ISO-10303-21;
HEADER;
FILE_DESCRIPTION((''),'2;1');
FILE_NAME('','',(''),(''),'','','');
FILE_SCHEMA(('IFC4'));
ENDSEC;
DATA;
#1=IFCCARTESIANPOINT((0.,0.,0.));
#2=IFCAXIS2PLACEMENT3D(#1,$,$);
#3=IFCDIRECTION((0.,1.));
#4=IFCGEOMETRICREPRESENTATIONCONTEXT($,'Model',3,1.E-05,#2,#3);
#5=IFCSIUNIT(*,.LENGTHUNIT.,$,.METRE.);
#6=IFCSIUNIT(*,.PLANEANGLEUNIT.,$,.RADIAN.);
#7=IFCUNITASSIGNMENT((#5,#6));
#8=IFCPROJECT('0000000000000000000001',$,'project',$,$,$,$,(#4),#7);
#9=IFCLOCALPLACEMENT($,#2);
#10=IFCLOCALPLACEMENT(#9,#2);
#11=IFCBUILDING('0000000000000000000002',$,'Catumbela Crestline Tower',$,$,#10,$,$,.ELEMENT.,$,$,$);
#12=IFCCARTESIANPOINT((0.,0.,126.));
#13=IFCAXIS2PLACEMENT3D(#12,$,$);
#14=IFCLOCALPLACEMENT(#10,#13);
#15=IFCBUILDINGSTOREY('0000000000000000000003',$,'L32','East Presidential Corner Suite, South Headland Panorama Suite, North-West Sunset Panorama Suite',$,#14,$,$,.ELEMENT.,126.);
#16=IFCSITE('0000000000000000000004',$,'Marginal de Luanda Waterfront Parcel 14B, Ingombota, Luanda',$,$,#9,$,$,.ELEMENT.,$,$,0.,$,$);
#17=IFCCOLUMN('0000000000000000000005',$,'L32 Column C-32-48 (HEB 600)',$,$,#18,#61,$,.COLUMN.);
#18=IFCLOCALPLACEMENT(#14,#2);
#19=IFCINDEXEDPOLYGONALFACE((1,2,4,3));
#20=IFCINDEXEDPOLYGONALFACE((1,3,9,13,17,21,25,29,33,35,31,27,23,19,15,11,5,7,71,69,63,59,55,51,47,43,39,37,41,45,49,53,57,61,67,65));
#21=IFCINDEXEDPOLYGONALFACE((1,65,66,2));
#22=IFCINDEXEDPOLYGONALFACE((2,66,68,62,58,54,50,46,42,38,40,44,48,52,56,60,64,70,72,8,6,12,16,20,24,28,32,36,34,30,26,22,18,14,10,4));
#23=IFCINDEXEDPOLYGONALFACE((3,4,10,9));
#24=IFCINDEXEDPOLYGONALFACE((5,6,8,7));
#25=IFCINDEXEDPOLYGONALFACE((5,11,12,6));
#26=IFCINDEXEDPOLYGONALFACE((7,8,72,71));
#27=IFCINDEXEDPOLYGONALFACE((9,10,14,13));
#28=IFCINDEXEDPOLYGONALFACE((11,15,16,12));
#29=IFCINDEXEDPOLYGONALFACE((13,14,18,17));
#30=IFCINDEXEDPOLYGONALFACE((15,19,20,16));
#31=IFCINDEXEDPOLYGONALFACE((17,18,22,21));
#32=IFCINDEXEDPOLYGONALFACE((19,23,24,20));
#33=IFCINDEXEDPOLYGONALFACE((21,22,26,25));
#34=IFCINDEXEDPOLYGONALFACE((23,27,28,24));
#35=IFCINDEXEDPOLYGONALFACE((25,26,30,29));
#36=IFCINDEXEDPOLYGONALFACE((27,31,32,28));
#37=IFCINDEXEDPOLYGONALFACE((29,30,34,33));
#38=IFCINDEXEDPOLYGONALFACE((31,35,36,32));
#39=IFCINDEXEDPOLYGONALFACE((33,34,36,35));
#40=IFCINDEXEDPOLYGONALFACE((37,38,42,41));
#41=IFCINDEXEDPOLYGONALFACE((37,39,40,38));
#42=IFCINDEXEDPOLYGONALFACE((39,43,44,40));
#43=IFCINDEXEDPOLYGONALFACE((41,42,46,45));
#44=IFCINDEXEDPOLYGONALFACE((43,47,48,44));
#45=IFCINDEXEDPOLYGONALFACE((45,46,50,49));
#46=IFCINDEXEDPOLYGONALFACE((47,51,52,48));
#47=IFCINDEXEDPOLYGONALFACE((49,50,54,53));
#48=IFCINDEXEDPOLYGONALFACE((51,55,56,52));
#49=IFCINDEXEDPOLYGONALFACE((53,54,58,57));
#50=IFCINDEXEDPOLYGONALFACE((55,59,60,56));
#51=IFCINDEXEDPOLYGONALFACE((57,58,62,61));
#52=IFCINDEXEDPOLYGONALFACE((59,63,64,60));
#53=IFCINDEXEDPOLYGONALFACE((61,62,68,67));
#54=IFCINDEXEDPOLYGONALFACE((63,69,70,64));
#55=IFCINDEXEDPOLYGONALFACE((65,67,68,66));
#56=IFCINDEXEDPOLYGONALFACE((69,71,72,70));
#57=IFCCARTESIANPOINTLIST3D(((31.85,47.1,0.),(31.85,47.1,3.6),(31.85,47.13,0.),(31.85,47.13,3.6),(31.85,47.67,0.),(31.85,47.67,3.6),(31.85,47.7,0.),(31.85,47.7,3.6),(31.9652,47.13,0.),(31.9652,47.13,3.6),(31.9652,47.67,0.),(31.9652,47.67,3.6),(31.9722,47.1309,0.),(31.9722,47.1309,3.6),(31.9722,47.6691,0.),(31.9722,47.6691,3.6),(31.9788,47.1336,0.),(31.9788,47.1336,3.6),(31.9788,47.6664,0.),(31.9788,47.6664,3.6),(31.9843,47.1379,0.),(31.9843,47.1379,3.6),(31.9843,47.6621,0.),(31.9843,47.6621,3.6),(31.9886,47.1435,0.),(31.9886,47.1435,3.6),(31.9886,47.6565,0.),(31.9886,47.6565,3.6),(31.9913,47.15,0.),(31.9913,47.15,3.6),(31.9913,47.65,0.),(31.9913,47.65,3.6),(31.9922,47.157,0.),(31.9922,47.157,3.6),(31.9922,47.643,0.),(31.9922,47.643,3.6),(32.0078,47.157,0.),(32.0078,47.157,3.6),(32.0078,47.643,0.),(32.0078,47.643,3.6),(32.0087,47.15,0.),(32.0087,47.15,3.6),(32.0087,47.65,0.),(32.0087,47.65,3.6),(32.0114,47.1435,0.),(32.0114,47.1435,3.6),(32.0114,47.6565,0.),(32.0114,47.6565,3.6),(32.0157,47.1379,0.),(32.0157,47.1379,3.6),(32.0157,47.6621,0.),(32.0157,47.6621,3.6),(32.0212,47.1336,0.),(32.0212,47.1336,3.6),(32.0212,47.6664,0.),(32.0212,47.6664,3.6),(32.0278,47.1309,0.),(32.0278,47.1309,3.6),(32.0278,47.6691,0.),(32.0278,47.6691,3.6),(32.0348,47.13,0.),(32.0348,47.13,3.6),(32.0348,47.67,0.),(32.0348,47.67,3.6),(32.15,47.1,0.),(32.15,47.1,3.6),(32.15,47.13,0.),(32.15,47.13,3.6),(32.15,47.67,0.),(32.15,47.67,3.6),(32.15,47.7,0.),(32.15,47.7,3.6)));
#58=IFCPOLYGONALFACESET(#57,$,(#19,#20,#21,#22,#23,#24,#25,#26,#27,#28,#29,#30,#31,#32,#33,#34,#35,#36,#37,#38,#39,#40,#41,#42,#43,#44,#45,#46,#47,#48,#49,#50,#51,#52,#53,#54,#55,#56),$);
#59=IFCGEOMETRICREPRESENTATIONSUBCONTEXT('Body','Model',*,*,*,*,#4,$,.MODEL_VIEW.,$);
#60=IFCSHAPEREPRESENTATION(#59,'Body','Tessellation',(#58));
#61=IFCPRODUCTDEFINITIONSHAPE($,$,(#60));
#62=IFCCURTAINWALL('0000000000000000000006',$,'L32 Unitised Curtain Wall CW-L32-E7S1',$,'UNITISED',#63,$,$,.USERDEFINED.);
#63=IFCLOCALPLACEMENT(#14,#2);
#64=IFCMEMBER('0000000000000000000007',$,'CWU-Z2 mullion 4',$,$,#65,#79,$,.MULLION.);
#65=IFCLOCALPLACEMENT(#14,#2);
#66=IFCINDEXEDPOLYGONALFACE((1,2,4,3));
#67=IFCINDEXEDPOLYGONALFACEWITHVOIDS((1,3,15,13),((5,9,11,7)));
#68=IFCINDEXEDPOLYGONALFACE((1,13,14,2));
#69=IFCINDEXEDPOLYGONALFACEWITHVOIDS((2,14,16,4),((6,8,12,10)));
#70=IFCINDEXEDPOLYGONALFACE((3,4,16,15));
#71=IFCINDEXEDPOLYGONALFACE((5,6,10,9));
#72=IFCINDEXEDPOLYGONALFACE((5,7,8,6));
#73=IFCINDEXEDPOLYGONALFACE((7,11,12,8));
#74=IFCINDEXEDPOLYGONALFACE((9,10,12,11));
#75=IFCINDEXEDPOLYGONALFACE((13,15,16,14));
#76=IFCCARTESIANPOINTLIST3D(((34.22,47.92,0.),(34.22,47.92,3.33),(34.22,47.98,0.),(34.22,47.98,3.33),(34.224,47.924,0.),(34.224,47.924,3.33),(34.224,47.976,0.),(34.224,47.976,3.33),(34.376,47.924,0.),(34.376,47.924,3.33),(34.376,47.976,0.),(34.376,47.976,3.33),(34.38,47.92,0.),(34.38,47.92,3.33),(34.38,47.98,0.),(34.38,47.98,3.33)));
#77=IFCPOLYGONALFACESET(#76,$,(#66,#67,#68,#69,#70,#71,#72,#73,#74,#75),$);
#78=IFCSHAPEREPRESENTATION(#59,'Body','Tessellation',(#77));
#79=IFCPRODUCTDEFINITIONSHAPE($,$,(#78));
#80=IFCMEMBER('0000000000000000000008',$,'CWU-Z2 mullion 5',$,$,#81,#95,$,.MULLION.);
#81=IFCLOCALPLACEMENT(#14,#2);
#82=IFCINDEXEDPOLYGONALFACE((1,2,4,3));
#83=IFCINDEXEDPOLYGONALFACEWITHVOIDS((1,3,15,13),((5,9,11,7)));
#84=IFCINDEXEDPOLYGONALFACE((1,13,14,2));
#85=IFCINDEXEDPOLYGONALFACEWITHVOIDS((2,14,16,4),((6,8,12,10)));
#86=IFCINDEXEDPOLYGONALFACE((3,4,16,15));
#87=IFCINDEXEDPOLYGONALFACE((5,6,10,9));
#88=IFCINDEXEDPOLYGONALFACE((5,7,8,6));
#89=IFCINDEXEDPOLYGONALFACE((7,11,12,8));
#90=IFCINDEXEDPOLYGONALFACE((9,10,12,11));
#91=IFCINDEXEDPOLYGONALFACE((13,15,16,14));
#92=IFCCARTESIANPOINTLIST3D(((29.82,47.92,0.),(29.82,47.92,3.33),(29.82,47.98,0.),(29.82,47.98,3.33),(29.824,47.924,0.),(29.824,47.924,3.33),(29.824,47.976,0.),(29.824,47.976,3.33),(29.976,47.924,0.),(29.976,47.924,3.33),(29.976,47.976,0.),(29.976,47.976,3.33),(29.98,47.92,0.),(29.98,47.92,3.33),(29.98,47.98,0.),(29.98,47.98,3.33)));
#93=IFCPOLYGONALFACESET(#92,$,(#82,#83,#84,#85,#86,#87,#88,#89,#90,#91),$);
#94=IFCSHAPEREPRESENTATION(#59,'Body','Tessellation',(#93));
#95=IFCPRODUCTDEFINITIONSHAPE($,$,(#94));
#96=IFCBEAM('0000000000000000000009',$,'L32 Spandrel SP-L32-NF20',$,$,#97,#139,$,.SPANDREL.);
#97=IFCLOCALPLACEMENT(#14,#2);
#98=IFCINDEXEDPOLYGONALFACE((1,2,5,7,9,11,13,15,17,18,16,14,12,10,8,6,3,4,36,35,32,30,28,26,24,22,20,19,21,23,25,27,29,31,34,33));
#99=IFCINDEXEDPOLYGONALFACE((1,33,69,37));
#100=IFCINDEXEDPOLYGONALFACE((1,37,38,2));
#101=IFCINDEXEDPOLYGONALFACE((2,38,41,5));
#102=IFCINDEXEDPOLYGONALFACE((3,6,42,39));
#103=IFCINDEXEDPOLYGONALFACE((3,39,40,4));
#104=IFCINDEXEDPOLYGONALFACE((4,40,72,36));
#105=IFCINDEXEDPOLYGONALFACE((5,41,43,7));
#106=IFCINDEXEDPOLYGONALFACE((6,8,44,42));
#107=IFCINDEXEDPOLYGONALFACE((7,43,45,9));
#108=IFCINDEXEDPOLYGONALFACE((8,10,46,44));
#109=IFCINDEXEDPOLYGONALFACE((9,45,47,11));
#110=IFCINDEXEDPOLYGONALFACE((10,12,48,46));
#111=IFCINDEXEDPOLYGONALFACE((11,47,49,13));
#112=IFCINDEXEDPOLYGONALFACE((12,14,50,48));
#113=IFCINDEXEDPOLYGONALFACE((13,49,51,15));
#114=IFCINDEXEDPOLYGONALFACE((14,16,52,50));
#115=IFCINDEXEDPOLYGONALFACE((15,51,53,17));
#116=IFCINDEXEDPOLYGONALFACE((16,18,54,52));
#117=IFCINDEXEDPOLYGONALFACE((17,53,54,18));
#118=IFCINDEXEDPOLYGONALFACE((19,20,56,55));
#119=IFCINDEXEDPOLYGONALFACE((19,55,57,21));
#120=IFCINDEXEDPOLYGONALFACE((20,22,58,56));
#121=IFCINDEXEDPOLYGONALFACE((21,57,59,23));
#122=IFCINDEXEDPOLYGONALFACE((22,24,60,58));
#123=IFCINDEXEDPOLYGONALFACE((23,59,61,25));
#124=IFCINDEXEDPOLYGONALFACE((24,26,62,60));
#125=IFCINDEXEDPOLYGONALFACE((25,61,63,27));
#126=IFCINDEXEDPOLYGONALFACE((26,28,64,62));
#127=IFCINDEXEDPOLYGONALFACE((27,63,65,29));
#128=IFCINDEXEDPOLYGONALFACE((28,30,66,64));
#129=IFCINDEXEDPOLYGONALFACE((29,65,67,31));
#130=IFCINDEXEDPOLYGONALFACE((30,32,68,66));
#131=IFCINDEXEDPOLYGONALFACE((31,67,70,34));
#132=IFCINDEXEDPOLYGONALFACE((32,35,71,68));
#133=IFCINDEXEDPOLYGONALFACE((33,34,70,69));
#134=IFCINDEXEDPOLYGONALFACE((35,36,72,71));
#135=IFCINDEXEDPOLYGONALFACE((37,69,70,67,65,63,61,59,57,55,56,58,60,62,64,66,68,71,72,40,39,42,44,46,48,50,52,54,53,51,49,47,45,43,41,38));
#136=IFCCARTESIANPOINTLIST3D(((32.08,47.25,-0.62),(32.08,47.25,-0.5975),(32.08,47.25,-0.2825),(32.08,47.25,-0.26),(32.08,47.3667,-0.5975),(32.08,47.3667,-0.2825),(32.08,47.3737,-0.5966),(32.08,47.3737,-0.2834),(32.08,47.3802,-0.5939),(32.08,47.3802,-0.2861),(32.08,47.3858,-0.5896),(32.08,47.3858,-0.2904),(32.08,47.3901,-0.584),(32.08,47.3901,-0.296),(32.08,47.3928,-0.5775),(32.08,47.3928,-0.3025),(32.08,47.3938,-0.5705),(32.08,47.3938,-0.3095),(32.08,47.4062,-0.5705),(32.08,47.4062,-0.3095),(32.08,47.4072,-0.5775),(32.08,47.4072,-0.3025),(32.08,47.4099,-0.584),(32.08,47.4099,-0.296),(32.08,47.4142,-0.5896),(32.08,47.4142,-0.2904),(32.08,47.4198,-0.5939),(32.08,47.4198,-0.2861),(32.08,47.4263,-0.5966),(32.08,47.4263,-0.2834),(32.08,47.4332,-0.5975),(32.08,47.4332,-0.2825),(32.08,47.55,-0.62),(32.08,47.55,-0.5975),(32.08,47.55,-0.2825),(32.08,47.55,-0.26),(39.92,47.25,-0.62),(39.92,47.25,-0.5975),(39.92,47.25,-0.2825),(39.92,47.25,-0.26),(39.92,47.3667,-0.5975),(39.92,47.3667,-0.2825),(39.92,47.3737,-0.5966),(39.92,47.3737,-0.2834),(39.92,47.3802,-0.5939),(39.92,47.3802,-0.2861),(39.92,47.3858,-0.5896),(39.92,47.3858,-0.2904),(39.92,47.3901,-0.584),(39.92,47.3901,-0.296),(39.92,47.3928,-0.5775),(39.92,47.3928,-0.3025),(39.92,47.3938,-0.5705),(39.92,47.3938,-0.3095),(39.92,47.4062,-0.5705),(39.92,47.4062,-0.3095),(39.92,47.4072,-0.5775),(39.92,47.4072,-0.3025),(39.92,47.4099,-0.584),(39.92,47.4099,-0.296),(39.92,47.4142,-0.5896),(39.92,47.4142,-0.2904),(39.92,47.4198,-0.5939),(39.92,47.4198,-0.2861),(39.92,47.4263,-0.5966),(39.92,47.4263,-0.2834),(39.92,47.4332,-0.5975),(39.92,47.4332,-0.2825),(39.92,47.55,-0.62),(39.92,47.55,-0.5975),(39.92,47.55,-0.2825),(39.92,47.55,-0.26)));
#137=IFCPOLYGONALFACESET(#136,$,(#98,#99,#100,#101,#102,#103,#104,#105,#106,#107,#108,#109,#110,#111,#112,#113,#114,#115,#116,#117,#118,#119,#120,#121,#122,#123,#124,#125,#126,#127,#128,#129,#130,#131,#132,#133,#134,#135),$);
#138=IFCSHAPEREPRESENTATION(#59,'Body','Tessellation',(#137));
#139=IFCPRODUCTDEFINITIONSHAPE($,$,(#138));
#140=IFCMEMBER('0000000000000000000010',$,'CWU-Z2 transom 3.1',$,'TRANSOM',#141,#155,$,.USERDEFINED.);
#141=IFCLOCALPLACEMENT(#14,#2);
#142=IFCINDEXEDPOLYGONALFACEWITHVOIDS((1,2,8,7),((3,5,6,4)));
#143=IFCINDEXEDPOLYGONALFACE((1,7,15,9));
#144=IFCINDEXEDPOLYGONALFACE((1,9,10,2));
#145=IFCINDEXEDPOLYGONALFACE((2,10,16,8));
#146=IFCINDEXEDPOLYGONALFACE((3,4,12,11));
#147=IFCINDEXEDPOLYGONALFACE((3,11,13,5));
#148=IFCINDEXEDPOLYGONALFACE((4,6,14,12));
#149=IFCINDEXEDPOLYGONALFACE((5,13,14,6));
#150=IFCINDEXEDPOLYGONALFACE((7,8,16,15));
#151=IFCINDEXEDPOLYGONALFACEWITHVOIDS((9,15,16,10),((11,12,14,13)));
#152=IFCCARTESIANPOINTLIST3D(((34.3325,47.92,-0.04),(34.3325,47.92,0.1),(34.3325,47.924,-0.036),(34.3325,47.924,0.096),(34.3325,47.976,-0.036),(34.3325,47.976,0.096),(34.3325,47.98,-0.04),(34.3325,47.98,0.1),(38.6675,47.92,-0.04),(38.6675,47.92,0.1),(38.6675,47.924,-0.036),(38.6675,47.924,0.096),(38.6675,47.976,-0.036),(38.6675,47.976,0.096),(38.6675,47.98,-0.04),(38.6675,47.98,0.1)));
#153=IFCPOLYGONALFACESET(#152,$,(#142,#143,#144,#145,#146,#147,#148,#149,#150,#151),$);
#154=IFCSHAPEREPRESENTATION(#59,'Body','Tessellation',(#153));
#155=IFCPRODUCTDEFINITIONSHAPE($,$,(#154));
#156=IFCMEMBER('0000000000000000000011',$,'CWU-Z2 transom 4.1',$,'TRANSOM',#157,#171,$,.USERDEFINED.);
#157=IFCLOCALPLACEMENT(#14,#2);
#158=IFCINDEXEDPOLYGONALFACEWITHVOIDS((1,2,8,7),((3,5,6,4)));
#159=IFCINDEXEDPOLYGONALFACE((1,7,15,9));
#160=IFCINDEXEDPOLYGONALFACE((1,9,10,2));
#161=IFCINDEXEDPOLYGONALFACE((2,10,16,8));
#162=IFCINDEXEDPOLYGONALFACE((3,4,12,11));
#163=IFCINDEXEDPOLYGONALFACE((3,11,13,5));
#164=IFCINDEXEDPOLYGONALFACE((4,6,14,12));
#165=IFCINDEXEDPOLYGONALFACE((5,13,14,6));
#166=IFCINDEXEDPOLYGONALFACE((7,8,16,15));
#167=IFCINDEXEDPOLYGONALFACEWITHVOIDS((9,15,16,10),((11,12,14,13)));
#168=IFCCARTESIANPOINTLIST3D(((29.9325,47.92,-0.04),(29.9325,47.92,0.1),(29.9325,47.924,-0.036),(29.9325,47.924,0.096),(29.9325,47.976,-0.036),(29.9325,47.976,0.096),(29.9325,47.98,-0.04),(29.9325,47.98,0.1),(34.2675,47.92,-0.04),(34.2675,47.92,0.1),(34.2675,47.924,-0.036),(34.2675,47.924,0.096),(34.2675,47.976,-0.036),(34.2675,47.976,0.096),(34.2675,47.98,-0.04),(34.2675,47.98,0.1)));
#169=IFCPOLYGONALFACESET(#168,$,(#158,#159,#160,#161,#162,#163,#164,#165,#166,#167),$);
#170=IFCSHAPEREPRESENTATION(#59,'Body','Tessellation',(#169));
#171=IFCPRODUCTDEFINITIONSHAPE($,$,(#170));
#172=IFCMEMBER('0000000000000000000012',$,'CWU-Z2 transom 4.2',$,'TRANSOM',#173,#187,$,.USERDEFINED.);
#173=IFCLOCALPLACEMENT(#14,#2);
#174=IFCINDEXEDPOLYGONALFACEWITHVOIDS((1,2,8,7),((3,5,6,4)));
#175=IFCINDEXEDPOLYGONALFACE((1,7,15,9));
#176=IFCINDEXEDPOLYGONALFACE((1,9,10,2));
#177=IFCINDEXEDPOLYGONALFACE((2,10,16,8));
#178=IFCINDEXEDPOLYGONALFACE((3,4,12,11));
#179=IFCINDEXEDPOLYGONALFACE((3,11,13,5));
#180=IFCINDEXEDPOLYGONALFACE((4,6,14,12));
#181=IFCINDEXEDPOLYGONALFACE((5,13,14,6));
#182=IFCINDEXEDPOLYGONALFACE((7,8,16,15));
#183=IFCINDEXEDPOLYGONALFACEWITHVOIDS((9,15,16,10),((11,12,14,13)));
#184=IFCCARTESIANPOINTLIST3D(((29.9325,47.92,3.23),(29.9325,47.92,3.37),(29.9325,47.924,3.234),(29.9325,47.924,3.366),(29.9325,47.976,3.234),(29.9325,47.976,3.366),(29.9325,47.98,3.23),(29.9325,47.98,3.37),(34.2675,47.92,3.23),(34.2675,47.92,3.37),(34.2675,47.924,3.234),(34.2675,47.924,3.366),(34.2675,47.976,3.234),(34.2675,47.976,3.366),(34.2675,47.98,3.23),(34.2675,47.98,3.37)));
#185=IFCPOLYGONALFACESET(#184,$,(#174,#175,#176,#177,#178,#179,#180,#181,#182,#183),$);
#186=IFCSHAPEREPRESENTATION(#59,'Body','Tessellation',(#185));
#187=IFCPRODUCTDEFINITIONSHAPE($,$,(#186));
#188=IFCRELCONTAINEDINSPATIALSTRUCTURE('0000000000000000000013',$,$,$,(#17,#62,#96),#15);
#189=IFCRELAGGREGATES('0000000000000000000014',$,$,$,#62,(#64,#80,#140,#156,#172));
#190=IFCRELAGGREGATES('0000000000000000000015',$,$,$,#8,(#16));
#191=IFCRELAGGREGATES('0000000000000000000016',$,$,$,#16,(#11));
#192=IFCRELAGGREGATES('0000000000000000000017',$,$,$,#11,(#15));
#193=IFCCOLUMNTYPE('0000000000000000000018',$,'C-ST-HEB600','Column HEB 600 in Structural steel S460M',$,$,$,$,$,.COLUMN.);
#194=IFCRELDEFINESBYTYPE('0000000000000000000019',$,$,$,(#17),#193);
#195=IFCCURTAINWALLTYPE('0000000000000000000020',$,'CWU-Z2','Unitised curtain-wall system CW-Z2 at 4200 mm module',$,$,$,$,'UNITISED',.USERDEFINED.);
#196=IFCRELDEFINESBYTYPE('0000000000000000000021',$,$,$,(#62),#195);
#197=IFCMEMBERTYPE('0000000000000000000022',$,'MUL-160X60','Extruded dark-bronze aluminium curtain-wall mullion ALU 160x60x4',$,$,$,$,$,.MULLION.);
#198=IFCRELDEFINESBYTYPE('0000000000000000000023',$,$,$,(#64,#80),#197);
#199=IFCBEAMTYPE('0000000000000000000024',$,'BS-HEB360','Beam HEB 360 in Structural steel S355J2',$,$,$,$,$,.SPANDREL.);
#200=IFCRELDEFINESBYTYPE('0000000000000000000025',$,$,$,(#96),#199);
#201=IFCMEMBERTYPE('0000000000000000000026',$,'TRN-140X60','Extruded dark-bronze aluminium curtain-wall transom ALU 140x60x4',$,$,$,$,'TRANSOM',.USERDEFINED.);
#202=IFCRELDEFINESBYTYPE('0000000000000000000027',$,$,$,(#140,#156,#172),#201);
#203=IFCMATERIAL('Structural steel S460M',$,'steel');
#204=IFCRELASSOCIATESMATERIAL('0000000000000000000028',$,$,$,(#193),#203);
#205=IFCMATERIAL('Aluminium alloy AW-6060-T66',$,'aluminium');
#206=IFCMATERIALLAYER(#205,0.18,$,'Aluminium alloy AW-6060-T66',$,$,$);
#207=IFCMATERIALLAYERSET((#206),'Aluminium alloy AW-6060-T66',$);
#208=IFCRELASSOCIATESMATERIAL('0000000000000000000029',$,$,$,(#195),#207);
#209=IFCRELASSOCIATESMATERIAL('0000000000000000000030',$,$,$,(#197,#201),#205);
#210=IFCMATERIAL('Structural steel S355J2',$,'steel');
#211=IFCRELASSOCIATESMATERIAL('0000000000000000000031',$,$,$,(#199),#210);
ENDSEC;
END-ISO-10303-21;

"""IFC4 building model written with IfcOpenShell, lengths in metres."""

from ifc_helpers import new_model, si_unit, direction, frame, origin, origin_2d, place, context, subcontext, project, spatial, hollow_rectangle, i_section, extrude, material, layer, layer_set, material_profile, profile_set, type_object, element, aggregate, save


model = new_model("IFC4")

# Units and contexts
model_context = context("Model", 3, precision=1e-05, world=origin(), true_north=direction((0.0, 1.0)))
body_context = subcontext(model_context, "Body", "Model", "MODEL_VIEW")
ifc_project = project(units=[si_unit("LENGTHUNIT", "METRE"), si_unit("PLANEANGLEUNIT", "RADIAN")], contexts=[model_context])

# Site, building, storey
site_placement = place(None, origin())
site = spatial("IfcSite", under=ifc_project, at=site_placement, Name="Marginal de Luanda Waterfront Parcel 14B, Ingombota, Luanda", CompositionType="ELEMENT", RefElevation=0.0)
building_placement = place(site_placement, origin())
building = spatial("IfcBuilding", under=site, at=building_placement, Name="Catumbela Crestline Tower", CompositionType="ELEMENT")
storey_placement = place(building_placement, frame((0.0, 0.0, 126.0)))
storey = spatial("IfcBuildingStorey", under=building, at=storey_placement, Name="L32", Description="East Presidential Corner Suite, South Headland Panorama Suite, North-West Sunset Panorama Suite", CompositionType="ELEMENT", Elevation=126.0)

# Column
ifc_material_1 = material(Name="Structural steel S460M", Category="steel")
ifc_material_profile_1 = material_profile(ifc_material_1, i_section(OverallWidth=0.3, OverallDepth=0.6, WebThickness=0.0155, FlangeThickness=0.03, FilletRadius=0.027, at=origin_2d()), Name="HEB 600")
ifc_profile_set_1 = profile_set([ifc_material_profile_1], Name="Structural steel S460M")
column_type = type_object("IfcColumnType", Name="C-ST-HEB600", Description="Column HEB 600 in Structural steel S460M", PredefinedType="COLUMN", material=ifc_profile_set_1)
column_placement = place(storey_placement, frame((32.0, 47.4, 0.0), z_axis=(0.0, 0.0, 1.0), x_axis=(1.0, 0.0, 0.0)))
element("IfcColumn", 1, at=column_placement, inside=storey, type_object=column_type, Name="L32 Column C-32-48 (HEB 600)", PredefinedType="COLUMN", context=body_context, shape_type="SweptSolid", body=[
    extrude(i_section(OverallWidth=0.3, OverallDepth=0.6, WebThickness=0.0155, FlangeThickness=0.03, FilletRadius=0.027, at=origin_2d()), origin(), (0.0, 0.0, 1.0), 3.6),
])

# Curtain wall, members
ifc_material_2 = material(Name="Aluminium alloy AW-6060-T66", Category="aluminium")
ifc_layer_1 = layer(ifc_material_2, 0.18, Name="Aluminium alloy AW-6060-T66")
ifc_layer_set_1 = layer_set([ifc_layer_1], Name="Aluminium alloy AW-6060-T66")
curtain_wall_type = type_object("IfcCurtainWallType", Name="CWU-Z2", Description="Unitised curtain-wall system CW-Z2 at 4200 mm module", ElementType="UNITISED", PredefinedType="USERDEFINED", material=ifc_layer_set_1)
curtain_wall_placement = place(storey_placement, origin())
curtain_wall = element("IfcCurtainWall", 2, at=curtain_wall_placement, inside=storey, type_object=curtain_wall_type, Name="L32 Unitised Curtain Wall CW-L32-E7S1", ObjectType="UNITISED", PredefinedType="USERDEFINED")
ifc_material_profile_2 = material_profile(ifc_material_2, hollow_rectangle(XDim=0.06, YDim=0.16, WallThickness=0.004, at=origin_2d()), Name="ALU 160x60x4")
ifc_profile_set_2 = profile_set([ifc_material_profile_2], Name="Aluminium alloy AW-6060-T66")
member_type_1 = type_object("IfcMemberType", Name="MUL-160X60", Description="Extruded dark-bronze aluminium curtain-wall mullion ALU 160x60x4", PredefinedType="MULLION", material=ifc_profile_set_2)
member_1_placement = place(storey_placement, frame((34.3, 47.95, 0.0), z_axis=(0.0, 0.0, 1.0), x_axis=(0.0, -1.0, 0.0)))
member_1 = element("IfcMember", 3, at=member_1_placement, type_object=member_type_1, Name="CWU-Z2 mullion 4", PredefinedType="MULLION", context=body_context, shape_type="SweptSolid", body=[
    extrude(hollow_rectangle(XDim=0.06, YDim=0.16, WallThickness=0.004, at=origin_2d()), origin(), (0.0, 0.0, 1.0), 3.33),
])
member_2_placement = place(storey_placement, frame((29.9, 47.95, 0.0), z_axis=(0.0, 0.0, 1.0), x_axis=(0.0, -1.0, 0.0)))
member_2 = element("IfcMember", 4, at=member_2_placement, type_object=member_type_1, Name="CWU-Z2 mullion 5", PredefinedType="MULLION", context=body_context, shape_type="SweptSolid", body=[
    extrude(hollow_rectangle(XDim=0.06, YDim=0.16, WallThickness=0.004, at=origin_2d()), origin(), (0.0, 0.0, 1.0), 3.33),
])

# Beam
ifc_material_3 = material(Name="Structural steel S355J2", Category="steel")
ifc_material_profile_3 = material_profile(ifc_material_3, i_section(OverallWidth=0.3, OverallDepth=0.36, WebThickness=0.0125, FlangeThickness=0.0225, FilletRadius=0.027, at=origin_2d()), Name="HEB 360")
ifc_profile_set_3 = profile_set([ifc_material_profile_3], Name="Structural steel S355J2")
beam_type = type_object("IfcBeamType", Name="BS-HEB360", Description="Beam HEB 360 in Structural steel S355J2", PredefinedType="SPANDREL", material=ifc_profile_set_3)
beam_placement = place(storey_placement, frame((32.08, 47.4, -0.44), z_axis=(1.0, 0.0, 0.0), x_axis=(0.0, 1.0, 0.0)))
element("IfcBeam", 5, at=beam_placement, inside=storey, type_object=beam_type, Name="L32 Spandrel SP-L32-NF20", PredefinedType="SPANDREL", context=body_context, shape_type="SweptSolid", body=[
    extrude(i_section(OverallWidth=0.3, OverallDepth=0.36, WebThickness=0.0125, FlangeThickness=0.0225, FilletRadius=0.027, at=origin_2d()), origin(), (0.0, 0.0, 1.0), 7.84),
])

# Members
ifc_material_profile_4 = material_profile(ifc_material_2, hollow_rectangle(XDim=0.06, YDim=0.14, WallThickness=0.004, at=origin_2d()), Name="ALU 140x60x4")
ifc_profile_set_4 = profile_set([ifc_material_profile_4], Name="Aluminium alloy AW-6060-T66")
member_type_2 = type_object("IfcMemberType", Name="TRN-140X60", Description="Extruded dark-bronze aluminium curtain-wall transom ALU 140x60x4", ElementType="TRANSOM", PredefinedType="USERDEFINED", material=ifc_profile_set_4)
member_3_placement = place(storey_placement, frame((38.6675, 47.95, 0.03), z_axis=(-1.0, 0.0, 0.0), x_axis=(0.0, -1.0, 0.0)))
member_3 = element("IfcMember", 6, at=member_3_placement, type_object=member_type_2, Name="CWU-Z2 transom 3.1", ObjectType="TRANSOM", PredefinedType="USERDEFINED", context=body_context, shape_type="SweptSolid", body=[
    extrude(hollow_rectangle(XDim=0.06, YDim=0.14, WallThickness=0.004, at=origin_2d()), origin(), (0.0, 0.0, 1.0), 4.335),
])
member_4_placement = place(storey_placement, frame((34.2675, 47.95, 0.03), z_axis=(-1.0, 0.0, 0.0), x_axis=(0.0, -1.0, 0.0)))
member_4 = element("IfcMember", 7, at=member_4_placement, type_object=member_type_2, Name="CWU-Z2 transom 4.1", ObjectType="TRANSOM", PredefinedType="USERDEFINED", context=body_context, shape_type="SweptSolid", body=[
    extrude(hollow_rectangle(XDim=0.06, YDim=0.14, WallThickness=0.004, at=origin_2d()), origin(), (0.0, 0.0, 1.0), 4.335),
])
member_5_placement = place(storey_placement, frame((34.2675, 47.95, 3.3), z_axis=(-1.0, 0.0, 0.0), x_axis=(0.0, -1.0, 0.0)))
member_5 = element("IfcMember", 8, at=member_5_placement, type_object=member_type_2, Name="CWU-Z2 transom 4.2", ObjectType="TRANSOM", PredefinedType="USERDEFINED", context=body_context, shape_type="SweptSolid", body=[
    extrude(hollow_rectangle(XDim=0.06, YDim=0.14, WallThickness=0.004, at=origin_2d()), origin(), (0.0, 0.0, 1.0), 4.335),
])

aggregate(curtain_wall, [member_1, member_2, member_3, member_4, member_5])

save(model, "model.ifc")
